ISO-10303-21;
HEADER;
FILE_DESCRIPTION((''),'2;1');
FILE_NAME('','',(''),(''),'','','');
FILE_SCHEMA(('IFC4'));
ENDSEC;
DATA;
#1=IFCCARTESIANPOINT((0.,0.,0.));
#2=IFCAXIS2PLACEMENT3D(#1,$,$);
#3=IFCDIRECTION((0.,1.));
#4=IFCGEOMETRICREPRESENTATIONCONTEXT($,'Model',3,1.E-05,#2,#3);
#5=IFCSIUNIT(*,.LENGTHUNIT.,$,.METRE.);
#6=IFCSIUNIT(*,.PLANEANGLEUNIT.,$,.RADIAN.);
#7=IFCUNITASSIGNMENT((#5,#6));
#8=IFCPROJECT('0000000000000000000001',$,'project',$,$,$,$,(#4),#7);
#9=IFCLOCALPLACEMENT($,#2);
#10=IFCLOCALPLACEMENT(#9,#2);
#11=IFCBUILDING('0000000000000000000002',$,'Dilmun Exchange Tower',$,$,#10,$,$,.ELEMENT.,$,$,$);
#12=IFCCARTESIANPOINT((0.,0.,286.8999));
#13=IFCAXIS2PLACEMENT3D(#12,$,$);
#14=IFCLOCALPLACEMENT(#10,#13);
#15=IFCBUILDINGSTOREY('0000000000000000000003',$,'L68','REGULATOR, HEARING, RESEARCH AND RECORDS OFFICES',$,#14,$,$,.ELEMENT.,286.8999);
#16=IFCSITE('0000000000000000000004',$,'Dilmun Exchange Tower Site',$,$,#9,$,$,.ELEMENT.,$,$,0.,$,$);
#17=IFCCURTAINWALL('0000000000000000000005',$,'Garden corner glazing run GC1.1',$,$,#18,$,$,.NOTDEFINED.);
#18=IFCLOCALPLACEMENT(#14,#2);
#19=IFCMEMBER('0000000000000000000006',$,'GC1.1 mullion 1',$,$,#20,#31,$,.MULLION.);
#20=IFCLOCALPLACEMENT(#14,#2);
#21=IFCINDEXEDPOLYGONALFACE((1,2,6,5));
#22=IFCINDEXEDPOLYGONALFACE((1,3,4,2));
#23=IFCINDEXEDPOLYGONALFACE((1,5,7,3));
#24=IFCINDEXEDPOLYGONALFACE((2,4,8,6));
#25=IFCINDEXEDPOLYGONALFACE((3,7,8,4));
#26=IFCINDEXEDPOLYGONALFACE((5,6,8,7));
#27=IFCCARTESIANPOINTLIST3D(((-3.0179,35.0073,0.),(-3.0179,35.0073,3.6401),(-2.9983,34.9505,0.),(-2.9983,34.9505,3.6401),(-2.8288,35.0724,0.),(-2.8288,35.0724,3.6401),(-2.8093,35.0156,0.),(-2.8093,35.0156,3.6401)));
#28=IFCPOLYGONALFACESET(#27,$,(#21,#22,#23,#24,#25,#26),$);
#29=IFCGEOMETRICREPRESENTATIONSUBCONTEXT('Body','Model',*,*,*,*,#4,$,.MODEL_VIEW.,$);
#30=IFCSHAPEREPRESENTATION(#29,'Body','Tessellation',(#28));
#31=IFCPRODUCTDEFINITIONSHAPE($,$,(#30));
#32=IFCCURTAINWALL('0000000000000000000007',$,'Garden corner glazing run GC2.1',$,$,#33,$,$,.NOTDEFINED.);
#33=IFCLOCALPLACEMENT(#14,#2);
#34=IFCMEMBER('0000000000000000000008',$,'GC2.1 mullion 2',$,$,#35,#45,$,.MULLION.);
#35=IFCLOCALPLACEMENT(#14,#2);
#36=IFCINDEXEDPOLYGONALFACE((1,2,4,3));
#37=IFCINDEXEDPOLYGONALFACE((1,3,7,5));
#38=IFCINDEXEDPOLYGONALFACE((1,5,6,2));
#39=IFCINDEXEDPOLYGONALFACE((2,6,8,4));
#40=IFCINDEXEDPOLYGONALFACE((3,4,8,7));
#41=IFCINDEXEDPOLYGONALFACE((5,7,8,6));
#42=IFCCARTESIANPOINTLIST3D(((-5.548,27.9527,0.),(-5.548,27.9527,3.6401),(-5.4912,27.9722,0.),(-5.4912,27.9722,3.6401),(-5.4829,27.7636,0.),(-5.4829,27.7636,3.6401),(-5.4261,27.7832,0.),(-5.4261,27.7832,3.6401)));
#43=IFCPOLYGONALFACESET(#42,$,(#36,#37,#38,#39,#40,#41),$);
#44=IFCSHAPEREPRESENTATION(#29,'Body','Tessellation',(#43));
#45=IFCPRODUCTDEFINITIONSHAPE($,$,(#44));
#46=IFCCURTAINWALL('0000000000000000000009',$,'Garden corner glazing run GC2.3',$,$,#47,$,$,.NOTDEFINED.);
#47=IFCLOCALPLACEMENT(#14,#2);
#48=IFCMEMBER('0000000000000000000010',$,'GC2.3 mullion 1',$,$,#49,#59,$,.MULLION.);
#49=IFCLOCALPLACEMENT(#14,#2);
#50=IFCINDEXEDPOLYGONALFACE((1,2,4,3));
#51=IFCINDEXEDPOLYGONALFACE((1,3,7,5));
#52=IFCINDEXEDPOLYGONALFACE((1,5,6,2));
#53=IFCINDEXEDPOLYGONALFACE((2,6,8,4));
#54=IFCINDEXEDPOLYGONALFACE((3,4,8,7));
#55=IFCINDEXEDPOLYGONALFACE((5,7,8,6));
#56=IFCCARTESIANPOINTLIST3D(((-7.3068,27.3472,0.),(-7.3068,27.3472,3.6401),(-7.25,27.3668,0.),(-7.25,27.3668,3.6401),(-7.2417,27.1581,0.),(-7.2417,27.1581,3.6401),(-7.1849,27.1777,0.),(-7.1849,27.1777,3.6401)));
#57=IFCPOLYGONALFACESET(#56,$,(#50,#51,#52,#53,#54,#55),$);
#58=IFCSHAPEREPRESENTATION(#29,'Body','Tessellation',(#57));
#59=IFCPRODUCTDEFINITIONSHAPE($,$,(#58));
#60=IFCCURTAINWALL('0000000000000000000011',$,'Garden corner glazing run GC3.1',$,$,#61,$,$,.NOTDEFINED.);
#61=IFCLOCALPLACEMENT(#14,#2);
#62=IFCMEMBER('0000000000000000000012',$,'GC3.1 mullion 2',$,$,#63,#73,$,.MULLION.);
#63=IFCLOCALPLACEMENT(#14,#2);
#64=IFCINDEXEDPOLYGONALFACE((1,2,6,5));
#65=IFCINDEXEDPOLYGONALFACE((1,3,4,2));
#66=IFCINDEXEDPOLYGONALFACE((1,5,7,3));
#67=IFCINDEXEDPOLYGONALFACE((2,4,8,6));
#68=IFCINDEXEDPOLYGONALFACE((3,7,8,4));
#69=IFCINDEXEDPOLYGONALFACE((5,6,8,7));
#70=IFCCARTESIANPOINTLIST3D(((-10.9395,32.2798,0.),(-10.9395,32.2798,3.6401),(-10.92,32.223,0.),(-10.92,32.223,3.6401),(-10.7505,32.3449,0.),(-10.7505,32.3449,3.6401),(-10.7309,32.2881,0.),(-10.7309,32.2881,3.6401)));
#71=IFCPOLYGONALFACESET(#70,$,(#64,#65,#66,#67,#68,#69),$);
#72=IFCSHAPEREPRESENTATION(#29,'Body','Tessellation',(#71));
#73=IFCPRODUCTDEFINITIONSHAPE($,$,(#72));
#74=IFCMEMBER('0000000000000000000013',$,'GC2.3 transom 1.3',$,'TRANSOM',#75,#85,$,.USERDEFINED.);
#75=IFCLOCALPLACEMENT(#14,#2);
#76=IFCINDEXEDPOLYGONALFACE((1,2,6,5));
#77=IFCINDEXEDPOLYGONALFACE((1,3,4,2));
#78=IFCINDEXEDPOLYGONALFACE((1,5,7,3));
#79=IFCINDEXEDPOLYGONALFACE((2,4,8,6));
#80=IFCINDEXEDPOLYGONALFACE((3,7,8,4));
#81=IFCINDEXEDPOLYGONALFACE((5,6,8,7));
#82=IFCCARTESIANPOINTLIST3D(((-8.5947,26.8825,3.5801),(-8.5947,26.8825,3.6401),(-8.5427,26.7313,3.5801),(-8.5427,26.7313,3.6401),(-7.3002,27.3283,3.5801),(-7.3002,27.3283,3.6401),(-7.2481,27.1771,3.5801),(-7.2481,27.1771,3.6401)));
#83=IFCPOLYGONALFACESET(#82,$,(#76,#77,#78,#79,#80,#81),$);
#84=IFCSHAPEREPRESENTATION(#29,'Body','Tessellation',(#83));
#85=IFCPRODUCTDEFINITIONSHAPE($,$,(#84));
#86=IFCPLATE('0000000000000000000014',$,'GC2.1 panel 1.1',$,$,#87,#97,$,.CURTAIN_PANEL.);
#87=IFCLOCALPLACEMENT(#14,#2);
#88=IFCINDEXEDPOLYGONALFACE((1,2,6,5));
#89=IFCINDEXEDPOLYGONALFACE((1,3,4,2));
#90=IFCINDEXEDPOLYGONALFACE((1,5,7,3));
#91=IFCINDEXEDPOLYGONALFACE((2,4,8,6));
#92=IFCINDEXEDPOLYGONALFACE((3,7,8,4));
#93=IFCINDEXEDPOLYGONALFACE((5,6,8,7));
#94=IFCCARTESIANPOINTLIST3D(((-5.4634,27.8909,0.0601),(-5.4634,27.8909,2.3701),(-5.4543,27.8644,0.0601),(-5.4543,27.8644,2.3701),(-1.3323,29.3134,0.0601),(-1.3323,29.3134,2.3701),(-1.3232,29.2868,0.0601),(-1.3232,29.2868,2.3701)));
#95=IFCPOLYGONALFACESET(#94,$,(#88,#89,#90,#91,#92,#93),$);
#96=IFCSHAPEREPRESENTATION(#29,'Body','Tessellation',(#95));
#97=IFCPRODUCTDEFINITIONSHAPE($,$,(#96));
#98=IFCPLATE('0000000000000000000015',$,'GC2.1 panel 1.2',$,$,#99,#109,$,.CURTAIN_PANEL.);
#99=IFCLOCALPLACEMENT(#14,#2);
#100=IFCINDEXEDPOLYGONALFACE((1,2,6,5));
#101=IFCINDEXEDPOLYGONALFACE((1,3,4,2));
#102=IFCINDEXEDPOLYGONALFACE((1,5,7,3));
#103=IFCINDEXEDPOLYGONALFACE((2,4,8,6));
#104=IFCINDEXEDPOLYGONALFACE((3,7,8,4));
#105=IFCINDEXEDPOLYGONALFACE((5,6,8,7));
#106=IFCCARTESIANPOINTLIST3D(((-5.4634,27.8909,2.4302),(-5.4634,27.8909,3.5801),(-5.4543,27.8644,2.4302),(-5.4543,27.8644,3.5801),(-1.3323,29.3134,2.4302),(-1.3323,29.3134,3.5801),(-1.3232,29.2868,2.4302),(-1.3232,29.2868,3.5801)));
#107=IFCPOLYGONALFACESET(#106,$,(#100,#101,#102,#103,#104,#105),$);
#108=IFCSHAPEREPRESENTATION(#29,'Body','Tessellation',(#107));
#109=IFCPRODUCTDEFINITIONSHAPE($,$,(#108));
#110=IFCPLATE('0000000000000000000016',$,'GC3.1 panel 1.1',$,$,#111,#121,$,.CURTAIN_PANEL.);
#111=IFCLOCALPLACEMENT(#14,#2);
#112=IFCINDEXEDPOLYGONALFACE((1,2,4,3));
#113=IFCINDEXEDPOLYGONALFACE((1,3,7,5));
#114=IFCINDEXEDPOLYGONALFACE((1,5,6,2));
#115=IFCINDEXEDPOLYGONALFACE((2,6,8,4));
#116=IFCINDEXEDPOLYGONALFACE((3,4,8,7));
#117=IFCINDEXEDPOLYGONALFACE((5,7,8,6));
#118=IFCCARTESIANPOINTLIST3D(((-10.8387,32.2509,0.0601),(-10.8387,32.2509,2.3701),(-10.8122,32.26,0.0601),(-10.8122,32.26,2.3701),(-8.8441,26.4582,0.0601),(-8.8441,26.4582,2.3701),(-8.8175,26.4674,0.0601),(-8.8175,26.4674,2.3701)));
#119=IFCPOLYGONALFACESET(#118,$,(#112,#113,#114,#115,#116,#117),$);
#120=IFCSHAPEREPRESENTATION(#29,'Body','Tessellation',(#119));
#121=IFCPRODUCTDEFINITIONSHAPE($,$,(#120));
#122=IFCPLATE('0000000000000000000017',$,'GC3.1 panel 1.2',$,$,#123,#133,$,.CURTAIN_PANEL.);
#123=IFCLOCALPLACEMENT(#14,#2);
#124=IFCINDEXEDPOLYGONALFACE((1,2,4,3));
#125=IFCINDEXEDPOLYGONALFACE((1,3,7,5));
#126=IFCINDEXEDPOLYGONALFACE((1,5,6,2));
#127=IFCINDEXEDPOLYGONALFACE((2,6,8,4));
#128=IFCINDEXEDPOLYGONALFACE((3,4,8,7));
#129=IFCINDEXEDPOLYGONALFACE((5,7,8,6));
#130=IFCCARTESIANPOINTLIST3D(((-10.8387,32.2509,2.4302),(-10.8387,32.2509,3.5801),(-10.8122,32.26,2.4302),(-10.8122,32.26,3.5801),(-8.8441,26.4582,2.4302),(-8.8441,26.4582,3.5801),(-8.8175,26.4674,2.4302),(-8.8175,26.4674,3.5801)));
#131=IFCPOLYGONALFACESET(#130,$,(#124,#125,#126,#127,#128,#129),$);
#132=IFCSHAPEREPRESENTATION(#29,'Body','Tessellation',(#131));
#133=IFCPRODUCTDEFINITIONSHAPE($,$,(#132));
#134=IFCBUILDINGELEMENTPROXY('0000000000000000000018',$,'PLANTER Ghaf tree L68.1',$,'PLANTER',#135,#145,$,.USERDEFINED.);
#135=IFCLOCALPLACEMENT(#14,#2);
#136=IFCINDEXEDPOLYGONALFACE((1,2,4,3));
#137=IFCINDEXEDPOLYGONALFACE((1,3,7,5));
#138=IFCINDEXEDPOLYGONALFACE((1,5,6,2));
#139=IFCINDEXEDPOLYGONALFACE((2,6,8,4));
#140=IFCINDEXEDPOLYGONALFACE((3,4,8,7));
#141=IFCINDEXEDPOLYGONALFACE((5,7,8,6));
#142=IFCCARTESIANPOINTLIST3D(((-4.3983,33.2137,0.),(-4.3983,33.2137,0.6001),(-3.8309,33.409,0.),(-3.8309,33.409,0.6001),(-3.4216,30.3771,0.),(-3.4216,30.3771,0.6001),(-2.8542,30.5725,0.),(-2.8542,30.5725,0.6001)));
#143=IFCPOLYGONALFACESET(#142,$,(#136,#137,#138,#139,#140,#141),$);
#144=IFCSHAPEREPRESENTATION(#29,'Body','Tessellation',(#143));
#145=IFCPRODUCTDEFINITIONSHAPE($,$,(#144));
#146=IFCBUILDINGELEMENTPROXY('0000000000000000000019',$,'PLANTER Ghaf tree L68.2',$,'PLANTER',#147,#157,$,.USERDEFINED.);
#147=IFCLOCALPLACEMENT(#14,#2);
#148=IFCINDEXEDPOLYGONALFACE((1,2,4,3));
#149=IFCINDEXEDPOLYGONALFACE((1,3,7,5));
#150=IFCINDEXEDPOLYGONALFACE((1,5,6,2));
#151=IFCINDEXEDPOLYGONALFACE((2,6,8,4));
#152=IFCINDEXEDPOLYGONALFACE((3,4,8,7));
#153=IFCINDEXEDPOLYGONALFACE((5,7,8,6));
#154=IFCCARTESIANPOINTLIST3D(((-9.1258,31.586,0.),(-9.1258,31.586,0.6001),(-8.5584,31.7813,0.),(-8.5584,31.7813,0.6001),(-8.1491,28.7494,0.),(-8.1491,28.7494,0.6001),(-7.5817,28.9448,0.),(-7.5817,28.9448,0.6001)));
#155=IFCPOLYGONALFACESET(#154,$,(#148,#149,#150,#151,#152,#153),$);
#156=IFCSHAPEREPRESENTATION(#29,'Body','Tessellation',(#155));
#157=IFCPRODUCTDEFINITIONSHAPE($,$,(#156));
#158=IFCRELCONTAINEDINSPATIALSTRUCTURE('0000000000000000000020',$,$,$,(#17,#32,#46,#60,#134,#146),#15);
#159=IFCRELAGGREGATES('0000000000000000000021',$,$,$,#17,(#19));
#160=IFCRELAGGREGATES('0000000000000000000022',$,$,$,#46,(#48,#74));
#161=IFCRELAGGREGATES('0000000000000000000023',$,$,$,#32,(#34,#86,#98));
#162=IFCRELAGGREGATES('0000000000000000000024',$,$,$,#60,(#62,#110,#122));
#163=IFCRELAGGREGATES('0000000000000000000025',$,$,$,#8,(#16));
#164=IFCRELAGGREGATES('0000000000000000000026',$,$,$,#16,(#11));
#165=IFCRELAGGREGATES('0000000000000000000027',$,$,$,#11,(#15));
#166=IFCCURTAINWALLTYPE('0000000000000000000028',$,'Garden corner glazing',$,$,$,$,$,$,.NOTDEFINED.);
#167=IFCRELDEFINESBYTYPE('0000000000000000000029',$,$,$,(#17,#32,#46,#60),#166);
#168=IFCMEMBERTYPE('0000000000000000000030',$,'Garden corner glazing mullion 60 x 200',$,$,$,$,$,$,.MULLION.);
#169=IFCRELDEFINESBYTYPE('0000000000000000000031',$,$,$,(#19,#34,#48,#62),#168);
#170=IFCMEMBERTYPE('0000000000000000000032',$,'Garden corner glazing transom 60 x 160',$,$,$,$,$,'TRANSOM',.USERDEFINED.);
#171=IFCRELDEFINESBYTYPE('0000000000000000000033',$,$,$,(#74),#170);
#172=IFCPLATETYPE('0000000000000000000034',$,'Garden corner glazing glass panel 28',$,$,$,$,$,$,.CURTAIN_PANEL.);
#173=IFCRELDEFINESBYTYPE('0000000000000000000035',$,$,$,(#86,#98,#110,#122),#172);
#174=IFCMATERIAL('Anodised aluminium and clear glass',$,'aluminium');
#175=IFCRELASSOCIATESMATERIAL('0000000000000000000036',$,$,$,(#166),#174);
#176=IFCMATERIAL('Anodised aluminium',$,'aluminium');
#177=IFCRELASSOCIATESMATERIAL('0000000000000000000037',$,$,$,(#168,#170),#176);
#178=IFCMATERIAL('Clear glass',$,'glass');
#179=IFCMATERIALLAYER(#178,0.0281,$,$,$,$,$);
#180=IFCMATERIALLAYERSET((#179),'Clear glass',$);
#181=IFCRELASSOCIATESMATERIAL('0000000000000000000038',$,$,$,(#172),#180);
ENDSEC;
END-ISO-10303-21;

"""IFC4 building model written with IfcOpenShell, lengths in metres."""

from ifc_helpers import new_model, si_unit, direction, frame, origin, origin_2d, place, context, subcontext, project, spatial, rectangle, extrude, material, layer, layer_set, material_profile, profile_set, type_object, element, aggregate, save


model = new_model("IFC4")

# Units and contexts
model_context = context("Model", 3, precision=1e-05, world=origin(), true_north=direction((0.0, 1.0)))
body_context = subcontext(model_context, "Body", "Model", "MODEL_VIEW")
ifc_project = project(units=[si_unit("LENGTHUNIT", "METRE"), si_unit("PLANEANGLEUNIT", "RADIAN")], contexts=[model_context])

# Site, building, storey
site_placement = place(None, origin())
site = spatial("IfcSite", under=ifc_project, at=site_placement, Name="Dilmun Exchange Tower Site", CompositionType="ELEMENT", RefElevation=0.0)
building_placement = place(site_placement, origin())
building = spatial("IfcBuilding", under=site, at=building_placement, Name="Dilmun Exchange Tower", CompositionType="ELEMENT")
storey_placement = place(building_placement, frame((0.0, 0.0, 286.8999)))
storey = spatial("IfcBuildingStorey", under=building, at=storey_placement, Name="L68", Description="REGULATOR, HEARING, RESEARCH AND RECORDS OFFICES", CompositionType="ELEMENT", Elevation=286.8999)

# Curtain walls, members
ifc_material_1 = material(Name="Anodised aluminium and clear glass", Category="aluminium")
curtain_wall_type = type_object("IfcCurtainWallType", Name="Garden corner glazing", PredefinedType="NOTDEFINED", material=ifc_material_1)
curtain_wall_1_placement = place(storey_placement, origin())
curtain_wall_1 = element("IfcCurtainWall", 1, at=curtain_wall_1_placement, inside=storey, type_object=curtain_wall_type, Name="Garden corner glazing run GC1.1", PredefinedType="NOTDEFINED")
ifc_material_2 = material(Name="Anodised aluminium", Category="aluminium")
ifc_material_profile_1 = material_profile(ifc_material_2, rectangle(XDim=0.2, YDim=0.0601, at=origin_2d()), Name="AL 60x200")
ifc_profile_set_1 = profile_set([ifc_material_profile_1], Name="Anodised aluminium")
member_type_1 = type_object("IfcMemberType", Name="Garden corner glazing mullion 60 x 200", PredefinedType="MULLION", material=ifc_profile_set_1)
member_1_placement = place(storey_placement, frame((-2.9136, 35.0115, 0.0), z_axis=(0.0, 0.0, 1.0), x_axis=(0.945515, 0.325578, 0.0)))
member_1 = element("IfcMember", 2, at=member_1_placement, type_object=member_type_1, Name="GC1.1 mullion 1", PredefinedType="MULLION", context=body_context, shape_type="SweptSolid", body=[
    extrude(rectangle(XDim=0.2, YDim=0.0601, at=origin_2d()), origin(), (0.0, 0.0, 1.0), 3.6401),
])
aggregate(curtain_wall_1, [member_1])
curtain_wall_2_placement = place(storey_placement, origin())
curtain_wall_2 = element("IfcCurtainWall", 3, at=curtain_wall_2_placement, inside=storey, type_object=curtain_wall_type, Name="Garden corner glazing run GC2.1", PredefinedType="NOTDEFINED")
member_2_placement = place(storey_placement, frame((-5.4871, 27.8679, 0.0), z_axis=(0.0, 0.0, 1.0), x_axis=(0.325562, -0.945521, 0.0)))
member_2 = element("IfcMember", 4, at=member_2_placement, type_object=member_type_1, Name="GC2.1 mullion 2", PredefinedType="MULLION", context=body_context, shape_type="SweptSolid", body=[
    extrude(rectangle(XDim=0.2, YDim=0.0601, at=origin_2d()), origin(), (0.0, 0.0, 1.0), 3.6401),
])
curtain_wall_3_placement = place(storey_placement, origin())
curtain_wall_3 = element("IfcCurtainWall", 5, at=curtain_wall_3_placement, inside=storey, type_object=curtain_wall_type, Name="Garden corner glazing run GC2.3", PredefinedType="NOTDEFINED")
member_3_placement = place(storey_placement, frame((-7.2458, 27.2625, 0.0), z_axis=(0.0, 0.0, 1.0), x_axis=(0.32556, -0.945521, 0.0)))
member_3 = element("IfcMember", 6, at=member_3_placement, type_object=member_type_1, Name="GC2.3 mullion 1", PredefinedType="MULLION", context=body_context, shape_type="SweptSolid", body=[
    extrude(rectangle(XDim=0.2, YDim=0.0601, at=origin_2d()), origin(), (0.0, 0.0, 1.0), 3.6401),
])
curtain_wall_4_placement = place(storey_placement, origin())
curtain_wall_4 = element("IfcCurtainWall", 7, at=curtain_wall_4_placement, inside=storey, type_object=curtain_wall_type, Name="Garden corner glazing run GC3.1", PredefinedType="NOTDEFINED")
member_4_placement = place(storey_placement, frame((-10.8352, 32.2839, 0.0), z_axis=(0.0, 0.0, 1.0), x_axis=(-0.945517, -0.325573, 0.0)))
member_4 = element("IfcMember", 8, at=member_4_placement, type_object=member_type_1, Name="GC3.1 mullion 2", PredefinedType="MULLION", context=body_context, shape_type="SweptSolid", body=[
    extrude(rectangle(XDim=0.2, YDim=0.0601, at=origin_2d()), origin(), (0.0, 0.0, 1.0), 3.6401),
])

# Member
ifc_material_profile_2 = material_profile(ifc_material_2, rectangle(XDim=0.1599, YDim=0.0601, at=origin_2d()), Name="AL 60x160")
ifc_profile_set_2 = profile_set([ifc_material_profile_2], Name="Anodised aluminium")
member_type_2 = type_object("IfcMemberType", Name="Garden corner glazing transom 60 x 160", ElementType="TRANSOM", PredefinedType="USERDEFINED", material=ifc_profile_set_2)
member_5_placement = place(storey_placement, frame((-7.2742, 27.2527, 3.6101), z_axis=(-0.945498, -0.325628, 0.0), x_axis=(0.325628, -0.945498, 0.0)))
member_5 = element("IfcMember", 9, at=member_5_placement, type_object=member_type_2, Name="GC2.3 transom 1.3", ObjectType="TRANSOM", PredefinedType="USERDEFINED", context=body_context, shape_type="SweptSolid", body=[
    extrude(rectangle(XDim=0.1599, YDim=0.0601, at=origin_2d()), origin(), (0.0, 0.0, 1.0), 1.3691),
])
aggregate(curtain_wall_3, [member_3, member_5])

# Plates
ifc_material_3 = material(Name="Clear glass", Category="glass")
ifc_layer_1 = layer(ifc_material_3, 0.0281)
ifc_layer_set_1 = layer_set([ifc_layer_1], Name="Clear glass")
plate_type = type_object("IfcPlateType", Name="Garden corner glazing glass panel 28", PredefinedType="CURTAIN_PANEL", material=ifc_layer_set_1)
plate_1_placement = place(storey_placement, frame((-3.3933, 28.5889, 0.0601), z_axis=(0.0, 0.0, 1.0), x_axis=(-0.945521, -0.325562, 0.0)))
plate_1 = element("IfcPlate", 10, at=plate_1_placement, type_object=plate_type, Name="GC2.1 panel 1.1", PredefinedType="CURTAIN_PANEL", context=body_context, shape_type="SweptSolid", body=[
    extrude(rectangle(XDim=4.3691, YDim=0.0281, at=origin_2d()), origin(), (0.0, 0.0, 1.0), 2.3101),
])
plate_2_placement = place(storey_placement, frame((-3.3933, 28.5889, 2.4302), z_axis=(0.0, 0.0, 1.0), x_axis=(-0.945521, -0.325562, 0.0)))
plate_2 = element("IfcPlate", 11, at=plate_2_placement, type_object=plate_type, Name="GC2.1 panel 1.2", PredefinedType="CURTAIN_PANEL", context=body_context, shape_type="SweptSolid", body=[
    extrude(rectangle(XDim=4.3691, YDim=0.0281, at=origin_2d()), origin(), (0.0, 0.0, 1.0), 1.1499),
])
aggregate(curtain_wall_2, [member_2, plate_1, plate_2])
plate_3_placement = place(storey_placement, frame((-9.8281, 29.3591, 0.0601), z_axis=(0.0, 0.0, 1.0), x_axis=(-0.325573, 0.945517, 0.0)))
plate_3 = element("IfcPlate", 12, at=plate_3_placement, type_object=plate_type, Name="GC3.1 panel 1.1", PredefinedType="CURTAIN_PANEL", context=body_context, shape_type="SweptSolid", body=[
    extrude(rectangle(XDim=6.1265, YDim=0.0281, at=origin_2d()), origin(), (0.0, 0.0, 1.0), 2.3101),
])
plate_4_placement = place(storey_placement, frame((-9.8281, 29.3591, 2.4302), z_axis=(0.0, 0.0, 1.0), x_axis=(-0.325573, 0.945517, 0.0)))
plate_4 = element("IfcPlate", 13, at=plate_4_placement, type_object=plate_type, Name="GC3.1 panel 1.2", PredefinedType="CURTAIN_PANEL", context=body_context, shape_type="SweptSolid", body=[
    extrude(rectangle(XDim=6.1265, YDim=0.0281, at=origin_2d()), origin(), (0.0, 0.0, 1.0), 1.1499),
])
aggregate(curtain_wall_4, [member_4, plate_3, plate_4])

# Building element proxies
for number, where, z_axis, x_axis, name in (
    (14, (-3.6262, 31.8931, 0.0), (0.0, 0.0, 1.0), (-0.325568, 0.945519, 0.0), "PLANTER Ghaf tree L68.1"),
    (15, (-8.3538, 30.2654, 0.0), (0.0, 0.0, 1.0), (-0.325568, 0.945519, 0.0), "PLANTER Ghaf tree L68.2"),
):
    element("IfcBuildingElementProxy", number, at=place(storey_placement, frame(where, z_axis=z_axis, x_axis=x_axis)), inside=storey, Name=name, ObjectType="PLANTER", PredefinedType="USERDEFINED", context=body_context, shape_type="SweptSolid", body=[
        extrude(rectangle(XDim=3.0, YDim=0.6001, at=origin_2d()), origin(), (0.0, 0.0, 1.0), 0.6001),
    ])

save(model, "model.ifc")
